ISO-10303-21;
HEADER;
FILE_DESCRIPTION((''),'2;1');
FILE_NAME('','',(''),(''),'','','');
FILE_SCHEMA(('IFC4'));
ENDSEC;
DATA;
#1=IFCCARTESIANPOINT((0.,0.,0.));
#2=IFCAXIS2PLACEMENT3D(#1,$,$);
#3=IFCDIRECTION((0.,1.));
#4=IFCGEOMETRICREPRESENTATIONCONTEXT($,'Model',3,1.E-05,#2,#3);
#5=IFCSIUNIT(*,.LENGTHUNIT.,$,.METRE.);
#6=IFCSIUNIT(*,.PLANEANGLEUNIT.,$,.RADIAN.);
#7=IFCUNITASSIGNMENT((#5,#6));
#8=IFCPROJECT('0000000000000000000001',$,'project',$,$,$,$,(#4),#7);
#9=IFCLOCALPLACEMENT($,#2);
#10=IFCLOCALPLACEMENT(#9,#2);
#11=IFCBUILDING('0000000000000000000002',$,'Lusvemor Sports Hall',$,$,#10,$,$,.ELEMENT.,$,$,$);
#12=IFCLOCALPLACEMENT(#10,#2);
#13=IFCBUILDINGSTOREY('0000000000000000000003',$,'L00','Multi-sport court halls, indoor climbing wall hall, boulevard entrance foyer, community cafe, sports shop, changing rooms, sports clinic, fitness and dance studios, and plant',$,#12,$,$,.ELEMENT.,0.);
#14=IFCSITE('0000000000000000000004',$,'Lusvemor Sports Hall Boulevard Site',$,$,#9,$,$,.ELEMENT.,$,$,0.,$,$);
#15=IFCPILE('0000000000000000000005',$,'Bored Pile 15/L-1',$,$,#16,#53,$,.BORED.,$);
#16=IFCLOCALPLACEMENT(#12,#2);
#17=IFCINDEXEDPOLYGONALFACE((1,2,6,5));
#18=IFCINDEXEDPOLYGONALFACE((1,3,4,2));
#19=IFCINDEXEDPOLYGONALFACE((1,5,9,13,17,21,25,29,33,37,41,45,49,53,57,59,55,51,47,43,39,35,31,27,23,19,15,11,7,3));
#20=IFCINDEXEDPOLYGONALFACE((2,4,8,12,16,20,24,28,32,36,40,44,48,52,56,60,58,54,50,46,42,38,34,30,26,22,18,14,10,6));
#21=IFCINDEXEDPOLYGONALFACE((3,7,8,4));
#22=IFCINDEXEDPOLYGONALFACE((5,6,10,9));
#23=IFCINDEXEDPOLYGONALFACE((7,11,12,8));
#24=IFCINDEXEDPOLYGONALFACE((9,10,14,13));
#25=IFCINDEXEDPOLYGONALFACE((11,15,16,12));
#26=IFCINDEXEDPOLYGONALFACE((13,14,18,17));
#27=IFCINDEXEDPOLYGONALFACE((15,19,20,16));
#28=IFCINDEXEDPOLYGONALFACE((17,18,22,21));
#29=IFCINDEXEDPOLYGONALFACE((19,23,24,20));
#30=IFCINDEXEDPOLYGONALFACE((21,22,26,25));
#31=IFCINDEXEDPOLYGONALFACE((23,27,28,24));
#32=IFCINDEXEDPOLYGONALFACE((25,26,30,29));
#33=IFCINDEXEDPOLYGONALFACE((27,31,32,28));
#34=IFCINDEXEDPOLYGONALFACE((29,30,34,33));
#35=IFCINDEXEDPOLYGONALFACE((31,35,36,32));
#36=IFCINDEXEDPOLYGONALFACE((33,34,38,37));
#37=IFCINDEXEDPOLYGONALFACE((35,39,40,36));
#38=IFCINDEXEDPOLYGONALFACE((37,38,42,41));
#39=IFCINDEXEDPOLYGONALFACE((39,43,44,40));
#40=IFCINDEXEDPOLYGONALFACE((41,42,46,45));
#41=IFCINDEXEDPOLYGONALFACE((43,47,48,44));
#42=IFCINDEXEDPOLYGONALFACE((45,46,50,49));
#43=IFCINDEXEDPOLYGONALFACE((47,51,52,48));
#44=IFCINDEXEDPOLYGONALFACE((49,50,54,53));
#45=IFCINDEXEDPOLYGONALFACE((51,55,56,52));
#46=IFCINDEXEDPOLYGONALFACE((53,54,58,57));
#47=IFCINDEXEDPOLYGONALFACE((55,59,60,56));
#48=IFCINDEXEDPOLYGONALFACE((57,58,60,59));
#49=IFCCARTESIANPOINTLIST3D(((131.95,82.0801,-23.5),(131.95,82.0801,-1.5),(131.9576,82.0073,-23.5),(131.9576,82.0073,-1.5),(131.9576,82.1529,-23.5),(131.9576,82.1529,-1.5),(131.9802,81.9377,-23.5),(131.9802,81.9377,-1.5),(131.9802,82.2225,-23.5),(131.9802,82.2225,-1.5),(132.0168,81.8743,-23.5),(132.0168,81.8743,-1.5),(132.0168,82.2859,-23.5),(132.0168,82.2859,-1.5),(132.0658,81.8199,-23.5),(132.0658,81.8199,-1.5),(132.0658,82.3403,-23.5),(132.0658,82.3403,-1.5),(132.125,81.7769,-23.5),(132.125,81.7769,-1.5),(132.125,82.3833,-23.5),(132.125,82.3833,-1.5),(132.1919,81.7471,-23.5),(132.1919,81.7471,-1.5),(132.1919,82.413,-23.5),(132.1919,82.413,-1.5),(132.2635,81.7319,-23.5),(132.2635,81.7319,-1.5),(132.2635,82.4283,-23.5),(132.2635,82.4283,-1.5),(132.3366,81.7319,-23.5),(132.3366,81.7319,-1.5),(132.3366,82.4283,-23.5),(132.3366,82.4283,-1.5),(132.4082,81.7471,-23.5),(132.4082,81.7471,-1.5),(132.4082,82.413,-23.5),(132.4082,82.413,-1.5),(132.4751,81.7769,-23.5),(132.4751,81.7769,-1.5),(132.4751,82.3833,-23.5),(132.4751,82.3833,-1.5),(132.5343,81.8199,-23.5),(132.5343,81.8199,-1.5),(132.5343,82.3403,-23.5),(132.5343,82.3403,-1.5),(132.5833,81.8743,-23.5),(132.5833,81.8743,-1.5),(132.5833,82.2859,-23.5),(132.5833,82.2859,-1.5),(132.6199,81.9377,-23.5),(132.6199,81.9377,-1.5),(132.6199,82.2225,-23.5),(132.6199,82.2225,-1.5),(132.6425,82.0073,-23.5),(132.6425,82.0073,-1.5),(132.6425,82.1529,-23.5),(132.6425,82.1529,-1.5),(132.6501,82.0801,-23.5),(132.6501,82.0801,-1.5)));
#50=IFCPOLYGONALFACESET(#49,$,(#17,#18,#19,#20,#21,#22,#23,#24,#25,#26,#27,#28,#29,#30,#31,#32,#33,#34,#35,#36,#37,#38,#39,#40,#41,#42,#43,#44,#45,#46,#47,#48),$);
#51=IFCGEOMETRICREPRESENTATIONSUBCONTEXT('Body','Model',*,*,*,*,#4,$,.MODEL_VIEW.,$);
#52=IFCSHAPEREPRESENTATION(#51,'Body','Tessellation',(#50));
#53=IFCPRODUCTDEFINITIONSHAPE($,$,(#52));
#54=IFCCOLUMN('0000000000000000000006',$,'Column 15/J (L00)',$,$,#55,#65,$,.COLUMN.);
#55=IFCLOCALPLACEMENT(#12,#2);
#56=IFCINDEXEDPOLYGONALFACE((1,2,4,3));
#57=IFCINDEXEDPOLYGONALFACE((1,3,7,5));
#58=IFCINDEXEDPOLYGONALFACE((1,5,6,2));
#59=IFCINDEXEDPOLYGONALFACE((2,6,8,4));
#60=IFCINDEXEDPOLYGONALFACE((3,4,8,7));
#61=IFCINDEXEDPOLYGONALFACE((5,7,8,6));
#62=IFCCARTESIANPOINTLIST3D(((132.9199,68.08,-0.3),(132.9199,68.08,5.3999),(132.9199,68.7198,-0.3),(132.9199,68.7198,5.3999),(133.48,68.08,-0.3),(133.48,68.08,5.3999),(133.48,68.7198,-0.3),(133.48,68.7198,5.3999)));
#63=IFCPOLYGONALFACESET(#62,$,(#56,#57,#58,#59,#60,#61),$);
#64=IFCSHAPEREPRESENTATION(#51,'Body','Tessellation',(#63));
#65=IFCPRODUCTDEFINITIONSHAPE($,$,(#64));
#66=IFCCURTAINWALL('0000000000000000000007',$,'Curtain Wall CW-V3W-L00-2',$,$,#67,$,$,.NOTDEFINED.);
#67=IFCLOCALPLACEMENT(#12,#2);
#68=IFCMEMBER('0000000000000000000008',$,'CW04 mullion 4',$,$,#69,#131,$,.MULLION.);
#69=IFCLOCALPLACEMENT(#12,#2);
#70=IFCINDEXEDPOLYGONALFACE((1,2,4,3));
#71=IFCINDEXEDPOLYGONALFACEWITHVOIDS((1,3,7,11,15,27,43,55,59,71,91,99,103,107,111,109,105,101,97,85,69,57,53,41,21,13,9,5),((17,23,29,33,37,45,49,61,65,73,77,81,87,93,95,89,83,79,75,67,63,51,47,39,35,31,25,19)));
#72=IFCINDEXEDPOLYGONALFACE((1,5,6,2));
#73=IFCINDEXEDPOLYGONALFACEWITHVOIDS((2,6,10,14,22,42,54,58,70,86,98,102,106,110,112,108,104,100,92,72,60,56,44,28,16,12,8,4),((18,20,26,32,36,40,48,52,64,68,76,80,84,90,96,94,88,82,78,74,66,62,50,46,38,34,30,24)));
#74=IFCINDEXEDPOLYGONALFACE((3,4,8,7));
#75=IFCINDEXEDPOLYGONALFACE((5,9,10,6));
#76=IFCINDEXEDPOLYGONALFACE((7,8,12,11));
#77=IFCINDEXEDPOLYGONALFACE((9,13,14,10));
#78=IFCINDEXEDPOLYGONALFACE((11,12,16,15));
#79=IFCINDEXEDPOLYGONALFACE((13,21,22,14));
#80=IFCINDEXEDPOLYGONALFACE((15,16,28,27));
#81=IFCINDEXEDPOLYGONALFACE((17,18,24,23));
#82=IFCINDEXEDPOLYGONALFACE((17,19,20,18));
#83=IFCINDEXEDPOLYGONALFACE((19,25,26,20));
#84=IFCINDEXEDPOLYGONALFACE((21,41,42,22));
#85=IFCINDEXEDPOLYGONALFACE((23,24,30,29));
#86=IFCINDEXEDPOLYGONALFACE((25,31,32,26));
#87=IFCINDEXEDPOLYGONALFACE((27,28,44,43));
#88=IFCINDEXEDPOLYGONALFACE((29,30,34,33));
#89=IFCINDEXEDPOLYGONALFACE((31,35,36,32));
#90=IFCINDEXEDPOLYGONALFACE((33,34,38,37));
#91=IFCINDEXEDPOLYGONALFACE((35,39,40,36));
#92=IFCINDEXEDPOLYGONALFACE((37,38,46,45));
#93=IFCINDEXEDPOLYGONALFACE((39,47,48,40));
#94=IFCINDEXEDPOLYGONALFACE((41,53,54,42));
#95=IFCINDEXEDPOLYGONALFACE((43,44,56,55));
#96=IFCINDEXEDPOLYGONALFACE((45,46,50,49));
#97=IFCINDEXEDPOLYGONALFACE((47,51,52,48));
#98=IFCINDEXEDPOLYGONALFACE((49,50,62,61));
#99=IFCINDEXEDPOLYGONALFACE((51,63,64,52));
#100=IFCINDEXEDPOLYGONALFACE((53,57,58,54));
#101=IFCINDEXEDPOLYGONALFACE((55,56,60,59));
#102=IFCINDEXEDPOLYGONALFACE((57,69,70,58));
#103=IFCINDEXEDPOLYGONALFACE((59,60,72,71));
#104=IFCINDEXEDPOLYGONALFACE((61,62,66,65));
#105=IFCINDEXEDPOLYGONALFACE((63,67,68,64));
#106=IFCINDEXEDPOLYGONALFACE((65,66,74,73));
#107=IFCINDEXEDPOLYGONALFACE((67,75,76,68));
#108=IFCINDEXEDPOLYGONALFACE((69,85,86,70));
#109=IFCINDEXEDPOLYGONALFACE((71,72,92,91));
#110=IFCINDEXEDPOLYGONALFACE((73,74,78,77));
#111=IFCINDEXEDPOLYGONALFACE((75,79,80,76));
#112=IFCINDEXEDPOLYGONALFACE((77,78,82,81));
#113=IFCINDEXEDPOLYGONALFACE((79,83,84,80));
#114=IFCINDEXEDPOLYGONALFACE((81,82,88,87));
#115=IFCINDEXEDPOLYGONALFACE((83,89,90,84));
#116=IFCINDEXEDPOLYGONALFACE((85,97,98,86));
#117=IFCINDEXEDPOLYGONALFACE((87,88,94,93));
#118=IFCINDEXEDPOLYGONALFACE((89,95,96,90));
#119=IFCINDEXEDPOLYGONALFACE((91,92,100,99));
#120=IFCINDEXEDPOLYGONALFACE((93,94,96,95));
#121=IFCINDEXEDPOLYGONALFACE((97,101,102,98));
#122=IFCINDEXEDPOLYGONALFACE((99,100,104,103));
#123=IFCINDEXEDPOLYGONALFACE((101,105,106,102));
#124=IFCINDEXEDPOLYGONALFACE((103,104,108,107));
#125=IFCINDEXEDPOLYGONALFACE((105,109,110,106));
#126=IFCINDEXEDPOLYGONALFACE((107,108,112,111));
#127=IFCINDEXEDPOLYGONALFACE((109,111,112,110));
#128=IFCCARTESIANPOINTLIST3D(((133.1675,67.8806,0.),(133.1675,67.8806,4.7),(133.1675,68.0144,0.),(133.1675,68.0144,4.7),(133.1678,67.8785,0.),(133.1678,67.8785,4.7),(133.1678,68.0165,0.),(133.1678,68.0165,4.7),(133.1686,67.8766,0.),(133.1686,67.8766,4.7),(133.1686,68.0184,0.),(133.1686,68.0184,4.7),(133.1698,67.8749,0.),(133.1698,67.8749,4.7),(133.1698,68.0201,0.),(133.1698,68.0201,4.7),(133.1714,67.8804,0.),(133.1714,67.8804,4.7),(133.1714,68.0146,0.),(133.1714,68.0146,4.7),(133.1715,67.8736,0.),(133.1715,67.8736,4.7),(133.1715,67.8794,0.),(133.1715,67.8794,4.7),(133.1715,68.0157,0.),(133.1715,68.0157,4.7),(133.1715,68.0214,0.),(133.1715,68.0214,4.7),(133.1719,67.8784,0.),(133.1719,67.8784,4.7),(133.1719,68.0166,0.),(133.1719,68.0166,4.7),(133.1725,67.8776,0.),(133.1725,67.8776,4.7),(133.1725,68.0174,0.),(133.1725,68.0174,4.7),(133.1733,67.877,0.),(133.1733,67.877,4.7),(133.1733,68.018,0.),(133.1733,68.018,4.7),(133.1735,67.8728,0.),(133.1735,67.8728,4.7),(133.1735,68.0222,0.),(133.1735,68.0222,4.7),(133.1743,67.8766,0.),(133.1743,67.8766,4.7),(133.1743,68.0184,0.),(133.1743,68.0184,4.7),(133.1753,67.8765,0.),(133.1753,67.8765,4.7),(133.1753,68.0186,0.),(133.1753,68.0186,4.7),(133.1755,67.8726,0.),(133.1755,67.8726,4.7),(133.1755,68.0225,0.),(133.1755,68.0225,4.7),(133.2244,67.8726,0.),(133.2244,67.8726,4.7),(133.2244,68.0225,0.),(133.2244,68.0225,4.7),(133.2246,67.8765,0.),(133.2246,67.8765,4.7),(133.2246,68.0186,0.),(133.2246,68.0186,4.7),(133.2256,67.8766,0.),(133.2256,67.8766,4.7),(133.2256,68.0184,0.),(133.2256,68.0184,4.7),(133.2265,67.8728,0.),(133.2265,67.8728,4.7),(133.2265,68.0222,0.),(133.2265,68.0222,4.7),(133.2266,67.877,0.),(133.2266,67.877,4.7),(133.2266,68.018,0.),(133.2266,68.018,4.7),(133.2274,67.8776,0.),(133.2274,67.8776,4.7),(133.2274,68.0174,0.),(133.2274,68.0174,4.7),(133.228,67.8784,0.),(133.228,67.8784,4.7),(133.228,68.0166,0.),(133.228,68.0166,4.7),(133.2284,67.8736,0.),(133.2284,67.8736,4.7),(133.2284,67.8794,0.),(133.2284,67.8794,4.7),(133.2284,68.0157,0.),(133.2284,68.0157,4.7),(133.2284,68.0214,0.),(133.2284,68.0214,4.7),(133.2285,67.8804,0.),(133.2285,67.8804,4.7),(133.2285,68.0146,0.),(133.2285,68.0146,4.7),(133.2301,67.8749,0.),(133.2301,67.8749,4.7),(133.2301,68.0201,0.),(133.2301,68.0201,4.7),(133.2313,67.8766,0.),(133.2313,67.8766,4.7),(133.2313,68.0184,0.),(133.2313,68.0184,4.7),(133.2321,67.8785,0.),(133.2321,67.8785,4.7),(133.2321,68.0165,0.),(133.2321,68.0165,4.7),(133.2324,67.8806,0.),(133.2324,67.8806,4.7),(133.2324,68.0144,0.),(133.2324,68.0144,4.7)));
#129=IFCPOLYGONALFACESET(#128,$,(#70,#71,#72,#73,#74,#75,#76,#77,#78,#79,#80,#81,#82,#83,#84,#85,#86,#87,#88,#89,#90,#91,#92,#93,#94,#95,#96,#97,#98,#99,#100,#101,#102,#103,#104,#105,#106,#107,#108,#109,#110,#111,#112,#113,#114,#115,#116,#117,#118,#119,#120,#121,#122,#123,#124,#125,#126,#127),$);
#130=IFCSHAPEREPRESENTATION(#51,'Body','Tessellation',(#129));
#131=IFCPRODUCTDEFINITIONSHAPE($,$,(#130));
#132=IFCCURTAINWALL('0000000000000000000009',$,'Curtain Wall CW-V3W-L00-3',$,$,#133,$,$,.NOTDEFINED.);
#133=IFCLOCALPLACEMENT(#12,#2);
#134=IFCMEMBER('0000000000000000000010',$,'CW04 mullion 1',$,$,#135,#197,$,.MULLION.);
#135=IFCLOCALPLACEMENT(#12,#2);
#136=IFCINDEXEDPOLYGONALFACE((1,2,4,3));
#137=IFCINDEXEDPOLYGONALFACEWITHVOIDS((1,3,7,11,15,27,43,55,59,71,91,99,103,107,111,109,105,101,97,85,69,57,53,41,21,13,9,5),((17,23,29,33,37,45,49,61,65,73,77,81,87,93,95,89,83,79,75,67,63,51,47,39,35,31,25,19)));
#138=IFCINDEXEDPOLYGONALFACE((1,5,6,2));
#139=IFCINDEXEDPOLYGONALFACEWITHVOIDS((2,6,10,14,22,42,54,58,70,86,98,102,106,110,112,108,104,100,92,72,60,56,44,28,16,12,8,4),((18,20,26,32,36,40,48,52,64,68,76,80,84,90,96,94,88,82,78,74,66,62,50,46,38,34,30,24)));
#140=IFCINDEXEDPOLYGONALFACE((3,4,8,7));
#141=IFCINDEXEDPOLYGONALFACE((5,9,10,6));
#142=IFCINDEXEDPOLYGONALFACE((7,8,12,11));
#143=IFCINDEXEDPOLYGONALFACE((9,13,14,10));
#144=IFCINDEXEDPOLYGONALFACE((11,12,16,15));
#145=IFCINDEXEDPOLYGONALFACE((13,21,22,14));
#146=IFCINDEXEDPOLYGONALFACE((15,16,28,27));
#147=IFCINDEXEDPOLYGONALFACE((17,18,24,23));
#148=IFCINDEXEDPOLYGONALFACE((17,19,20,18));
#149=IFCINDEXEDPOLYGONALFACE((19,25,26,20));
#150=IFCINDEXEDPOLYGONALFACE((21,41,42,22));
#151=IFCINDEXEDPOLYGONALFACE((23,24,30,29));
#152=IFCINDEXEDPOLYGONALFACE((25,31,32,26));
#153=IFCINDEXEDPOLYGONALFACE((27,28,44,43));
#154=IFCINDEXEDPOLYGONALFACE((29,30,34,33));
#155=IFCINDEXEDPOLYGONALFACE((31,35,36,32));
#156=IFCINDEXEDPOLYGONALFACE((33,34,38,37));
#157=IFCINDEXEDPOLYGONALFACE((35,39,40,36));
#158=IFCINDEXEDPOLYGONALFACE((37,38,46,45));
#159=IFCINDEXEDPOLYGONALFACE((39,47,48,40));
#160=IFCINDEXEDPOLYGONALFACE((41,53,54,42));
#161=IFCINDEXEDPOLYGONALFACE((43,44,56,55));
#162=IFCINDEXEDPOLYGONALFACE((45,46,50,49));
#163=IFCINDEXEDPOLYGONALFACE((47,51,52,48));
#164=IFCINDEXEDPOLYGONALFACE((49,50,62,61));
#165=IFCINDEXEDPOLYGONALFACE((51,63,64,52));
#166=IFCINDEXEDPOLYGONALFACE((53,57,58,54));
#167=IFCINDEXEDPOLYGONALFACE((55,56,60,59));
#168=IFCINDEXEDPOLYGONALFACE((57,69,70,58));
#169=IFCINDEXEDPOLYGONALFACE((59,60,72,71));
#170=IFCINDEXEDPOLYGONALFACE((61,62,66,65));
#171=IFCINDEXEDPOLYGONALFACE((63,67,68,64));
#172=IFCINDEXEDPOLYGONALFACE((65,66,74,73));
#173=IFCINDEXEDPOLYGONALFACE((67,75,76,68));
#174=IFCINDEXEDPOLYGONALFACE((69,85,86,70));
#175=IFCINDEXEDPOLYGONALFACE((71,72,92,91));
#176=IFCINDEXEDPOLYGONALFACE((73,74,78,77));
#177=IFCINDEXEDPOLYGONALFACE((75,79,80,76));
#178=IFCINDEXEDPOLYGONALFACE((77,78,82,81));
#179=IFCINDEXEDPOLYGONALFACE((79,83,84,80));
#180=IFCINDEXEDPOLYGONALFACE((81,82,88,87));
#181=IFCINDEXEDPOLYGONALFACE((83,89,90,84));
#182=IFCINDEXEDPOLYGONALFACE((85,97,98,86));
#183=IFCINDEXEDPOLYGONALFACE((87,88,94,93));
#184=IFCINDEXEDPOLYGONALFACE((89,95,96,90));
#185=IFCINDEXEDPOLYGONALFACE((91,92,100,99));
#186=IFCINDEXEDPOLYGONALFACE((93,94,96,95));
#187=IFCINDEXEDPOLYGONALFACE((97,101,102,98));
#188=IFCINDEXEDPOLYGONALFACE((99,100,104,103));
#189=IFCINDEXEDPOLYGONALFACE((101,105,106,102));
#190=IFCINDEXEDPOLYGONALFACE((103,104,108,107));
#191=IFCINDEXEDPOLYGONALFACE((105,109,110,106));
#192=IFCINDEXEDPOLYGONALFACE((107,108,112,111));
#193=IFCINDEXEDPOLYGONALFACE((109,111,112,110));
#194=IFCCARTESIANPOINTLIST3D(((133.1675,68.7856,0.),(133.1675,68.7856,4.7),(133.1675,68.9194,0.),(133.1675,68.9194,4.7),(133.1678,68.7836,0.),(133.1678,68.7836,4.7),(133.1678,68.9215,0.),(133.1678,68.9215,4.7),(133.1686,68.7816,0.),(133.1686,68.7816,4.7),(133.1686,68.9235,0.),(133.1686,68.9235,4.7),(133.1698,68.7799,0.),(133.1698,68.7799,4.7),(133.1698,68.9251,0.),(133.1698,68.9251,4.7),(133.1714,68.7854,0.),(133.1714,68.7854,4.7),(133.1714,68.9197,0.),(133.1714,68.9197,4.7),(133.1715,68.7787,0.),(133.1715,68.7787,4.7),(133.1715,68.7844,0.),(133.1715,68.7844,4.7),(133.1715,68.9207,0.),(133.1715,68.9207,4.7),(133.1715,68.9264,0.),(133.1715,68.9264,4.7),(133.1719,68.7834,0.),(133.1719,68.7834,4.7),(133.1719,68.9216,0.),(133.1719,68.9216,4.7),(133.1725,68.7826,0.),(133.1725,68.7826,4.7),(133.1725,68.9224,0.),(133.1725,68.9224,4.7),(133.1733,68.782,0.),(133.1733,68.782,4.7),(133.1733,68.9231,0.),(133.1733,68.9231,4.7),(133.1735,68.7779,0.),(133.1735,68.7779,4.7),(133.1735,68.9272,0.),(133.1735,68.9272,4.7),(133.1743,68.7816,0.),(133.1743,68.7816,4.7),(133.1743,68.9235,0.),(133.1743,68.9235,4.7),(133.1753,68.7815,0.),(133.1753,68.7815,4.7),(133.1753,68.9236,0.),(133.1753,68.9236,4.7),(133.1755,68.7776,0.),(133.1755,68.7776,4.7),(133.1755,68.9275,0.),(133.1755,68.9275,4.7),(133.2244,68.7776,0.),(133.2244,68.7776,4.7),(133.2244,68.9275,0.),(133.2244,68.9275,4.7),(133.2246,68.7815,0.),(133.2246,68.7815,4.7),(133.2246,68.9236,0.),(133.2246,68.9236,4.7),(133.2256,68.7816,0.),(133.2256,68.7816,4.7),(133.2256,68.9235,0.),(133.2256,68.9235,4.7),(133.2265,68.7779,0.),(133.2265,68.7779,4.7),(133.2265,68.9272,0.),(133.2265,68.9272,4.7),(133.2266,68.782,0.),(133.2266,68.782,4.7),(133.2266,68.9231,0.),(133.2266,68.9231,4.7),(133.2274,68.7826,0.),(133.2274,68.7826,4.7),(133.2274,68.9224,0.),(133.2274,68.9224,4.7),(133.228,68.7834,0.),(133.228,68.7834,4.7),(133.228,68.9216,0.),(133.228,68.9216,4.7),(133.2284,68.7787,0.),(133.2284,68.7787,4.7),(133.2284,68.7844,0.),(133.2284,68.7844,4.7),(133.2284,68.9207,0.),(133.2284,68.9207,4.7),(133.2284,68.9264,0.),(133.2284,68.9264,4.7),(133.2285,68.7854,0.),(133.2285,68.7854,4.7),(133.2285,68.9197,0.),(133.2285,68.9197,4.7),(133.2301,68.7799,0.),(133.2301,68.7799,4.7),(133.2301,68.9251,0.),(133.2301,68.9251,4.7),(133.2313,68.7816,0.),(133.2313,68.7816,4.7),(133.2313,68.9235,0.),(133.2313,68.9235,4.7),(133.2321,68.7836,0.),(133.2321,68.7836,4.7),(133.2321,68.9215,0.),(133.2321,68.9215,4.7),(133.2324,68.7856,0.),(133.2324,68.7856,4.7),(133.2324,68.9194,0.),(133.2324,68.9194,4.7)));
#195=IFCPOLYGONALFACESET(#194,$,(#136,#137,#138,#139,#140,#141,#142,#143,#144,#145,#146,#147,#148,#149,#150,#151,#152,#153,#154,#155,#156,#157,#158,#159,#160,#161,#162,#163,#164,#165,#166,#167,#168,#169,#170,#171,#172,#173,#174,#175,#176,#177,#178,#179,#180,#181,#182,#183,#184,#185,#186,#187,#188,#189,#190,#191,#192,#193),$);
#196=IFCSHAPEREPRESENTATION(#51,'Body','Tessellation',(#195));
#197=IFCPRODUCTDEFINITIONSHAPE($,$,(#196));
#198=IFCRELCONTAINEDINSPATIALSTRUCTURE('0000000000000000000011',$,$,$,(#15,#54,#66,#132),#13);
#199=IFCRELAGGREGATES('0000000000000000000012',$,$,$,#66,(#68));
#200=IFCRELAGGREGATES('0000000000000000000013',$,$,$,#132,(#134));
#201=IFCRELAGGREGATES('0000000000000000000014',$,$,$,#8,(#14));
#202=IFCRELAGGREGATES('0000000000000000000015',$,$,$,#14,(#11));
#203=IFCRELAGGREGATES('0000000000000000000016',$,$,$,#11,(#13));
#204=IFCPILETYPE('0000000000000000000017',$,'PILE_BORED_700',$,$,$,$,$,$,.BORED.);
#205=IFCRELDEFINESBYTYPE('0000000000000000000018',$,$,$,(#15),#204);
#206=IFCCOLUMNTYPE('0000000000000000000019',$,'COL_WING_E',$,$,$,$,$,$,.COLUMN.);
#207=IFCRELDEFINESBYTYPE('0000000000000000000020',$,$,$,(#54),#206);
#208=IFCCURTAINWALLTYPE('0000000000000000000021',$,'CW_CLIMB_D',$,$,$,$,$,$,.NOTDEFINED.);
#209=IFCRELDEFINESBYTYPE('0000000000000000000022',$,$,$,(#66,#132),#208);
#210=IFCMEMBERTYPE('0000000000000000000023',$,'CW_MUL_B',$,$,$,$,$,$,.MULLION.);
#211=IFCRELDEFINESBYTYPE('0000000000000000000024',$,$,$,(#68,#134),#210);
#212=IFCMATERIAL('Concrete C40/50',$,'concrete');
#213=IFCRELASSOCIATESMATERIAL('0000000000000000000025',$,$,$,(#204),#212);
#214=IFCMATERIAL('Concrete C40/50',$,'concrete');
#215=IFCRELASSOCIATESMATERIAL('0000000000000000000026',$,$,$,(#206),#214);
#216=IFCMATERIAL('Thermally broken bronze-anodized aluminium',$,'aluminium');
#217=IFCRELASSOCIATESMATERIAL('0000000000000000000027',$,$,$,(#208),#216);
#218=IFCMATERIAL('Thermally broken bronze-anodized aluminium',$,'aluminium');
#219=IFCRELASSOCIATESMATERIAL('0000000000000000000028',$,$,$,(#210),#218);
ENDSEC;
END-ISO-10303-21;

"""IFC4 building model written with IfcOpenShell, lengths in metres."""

from ifc_helpers import new_model, si_unit, direction, frame, origin, origin_2d, place, context, subcontext, project, spatial, rectangle, hollow_rectangle, circle, extrude, material, material_profile, profile_set, type_object, element, aggregate, save


model = new_model("IFC4")

# Units and contexts
model_context = context("Model", 3, precision=1e-05, world=origin(), true_north=direction((0.0, 1.0)))
body_context = subcontext(model_context, "Body", "Model", "MODEL_VIEW")
ifc_project = project(units=[si_unit("LENGTHUNIT", "METRE"), si_unit("PLANEANGLEUNIT", "RADIAN")], contexts=[model_context])

# Site, building, storey
site_placement = place(None, origin())
site = spatial("IfcSite", under=ifc_project, at=site_placement, Name="Lusvemor Sports Hall Boulevard Site", CompositionType="ELEMENT", RefElevation=0.0)
building_placement = place(site_placement, origin())
building = spatial("IfcBuilding", under=site, at=building_placement, Name="Lusvemor Sports Hall", CompositionType="ELEMENT")
storey_placement = place(building_placement, origin())
storey = spatial("IfcBuildingStorey", under=building, at=storey_placement, Name="L00", Description="Multi-sport court halls, indoor climbing wall hall, boulevard entrance foyer, community cafe, sports shop, changing rooms, sports clinic, fitness and dance studios, and plant", CompositionType="ELEMENT", Elevation=0.0)

# Pile
ifc_material_1 = material(Name="Concrete C40/50", Category="concrete")
ifc_material_profile_1 = material_profile(ifc_material_1, circle(Radius=0.3501, at=origin_2d()), Name="PILE700")
ifc_profile_set_1 = profile_set([ifc_material_profile_1], Name="Concrete C40/50")
pile_type = type_object("IfcPileType", Name="PILE_BORED_700", PredefinedType="BORED", material=ifc_profile_set_1)
for number, where, z_axis, x_axis, name in (
    (1, (132.3, 82.0801, -1.5), (0.0, 0.0, -1.0), (1.0, 0.0, 0.0), "Bored Pile 15/L-1"),
):
    element("IfcPile", number, at=place(storey_placement, frame(where, z_axis=z_axis, x_axis=x_axis)), inside=storey, type_object=pile_type, Name=name, PredefinedType="BORED", context=body_context, shape_type="SweptSolid", body=[
        extrude(circle(Radius=0.3501, at=origin_2d()), origin(), (0.0, 0.0, 1.0), 22.0),
    ])

# Column
ifc_material_2 = material(Name="Concrete C40/50", Category="concrete")
ifc_material_profile_2 = material_profile(ifc_material_2, rectangle(XDim=0.5601, YDim=0.6399, at=origin_2d()), Name="RC560x640")
ifc_profile_set_2 = profile_set([ifc_material_profile_2], Name="Concrete C40/50")
column_type = type_object("IfcColumnType", Name="COL_WING_E", PredefinedType="COLUMN", material=ifc_profile_set_2)
column_placement = place(storey_placement, frame((133.2, 68.3999, -0.3), z_axis=(0.0, 0.0, 1.0), x_axis=(1.0, 0.0, 0.0)))
element("IfcColumn", 2, at=column_placement, inside=storey, type_object=column_type, Name="Column 15/J (L00)", PredefinedType="COLUMN", context=body_context, shape_type="SweptSolid", body=[
    extrude(rectangle(XDim=0.5601, YDim=0.6399, at=origin_2d()), origin(), (0.0, 0.0, 1.0), 5.7),
])

# Curtain wall, member
ifc_material_3 = material(Name="Thermally broken bronze-anodized aluminium", Category="aluminium")
curtain_wall_type = type_object("IfcCurtainWallType", Name="CW_CLIMB_D", PredefinedType="NOTDEFINED", material=ifc_material_3)
curtain_wall_1_placement = place(storey_placement, origin())
curtain_wall_1 = element("IfcCurtainWall", 3, at=curtain_wall_1_placement, inside=storey, type_object=curtain_wall_type, Name="Curtain Wall CW-V3W-L00-2", PredefinedType="NOTDEFINED")
ifc_material_4 = material(Name="Thermally broken bronze-anodized aluminium", Category="aluminium")
ifc_material_profile_3 = material_profile(ifc_material_4, hollow_rectangle(XDim=0.0649, YDim=0.1499, WallThickness=0.0039, InnerFilletRadius=0.0039, OuterFilletRadius=0.0081, at=origin_2d()), Name="CWMUL150x65x4")
ifc_profile_set_3 = profile_set([ifc_material_profile_3], Name="Thermally broken bronze-anodized aluminium")
member_type_1 = type_object("IfcMemberType", Name="CW_MUL_B", PredefinedType="MULLION", material=ifc_profile_set_3)
member_1_placement = place(storey_placement, frame((133.2, 67.9475, 0.0), z_axis=(0.0, 0.0, 1.0), x_axis=(-1.0, 0.0, 0.0)))
member_1 = element("IfcMember", 4, at=member_1_placement, type_object=member_type_1, Name="CW04 mullion 4", PredefinedType="MULLION", context=body_context, shape_type="SweptSolid", body=[
    extrude(hollow_rectangle(XDim=0.0649, YDim=0.1499, WallThickness=0.0039, InnerFilletRadius=0.0039, OuterFilletRadius=0.0081, at=origin_2d()), origin(), (0.0, 0.0, 1.0), 4.7),
])
aggregate(curtain_wall_1, [member_1])

# Curtain wall, member
curtain_wall_2_placement = place(storey_placement, origin())
curtain_wall_2 = element("IfcCurtainWall", 5, at=curtain_wall_2_placement, inside=storey, type_object=curtain_wall_type, Name="Curtain Wall CW-V3W-L00-3", PredefinedType="NOTDEFINED")
member_2_placement = place(storey_placement, frame((133.2, 68.8525, 0.0), z_axis=(0.0, 0.0, 1.0), x_axis=(-1.0, 0.0, 0.0)))
member_2 = element("IfcMember", 6, at=member_2_placement, type_object=member_type_1, Name="CW04 mullion 1", PredefinedType="MULLION", context=body_context, shape_type="SweptSolid", body=[
    extrude(hollow_rectangle(XDim=0.0649, YDim=0.1499, WallThickness=0.0039, InnerFilletRadius=0.0039, OuterFilletRadius=0.0081, at=origin_2d()), origin(), (0.0, 0.0, 1.0), 4.7),
])
aggregate(curtain_wall_2, [member_2])

save(model, "model.ifc")
